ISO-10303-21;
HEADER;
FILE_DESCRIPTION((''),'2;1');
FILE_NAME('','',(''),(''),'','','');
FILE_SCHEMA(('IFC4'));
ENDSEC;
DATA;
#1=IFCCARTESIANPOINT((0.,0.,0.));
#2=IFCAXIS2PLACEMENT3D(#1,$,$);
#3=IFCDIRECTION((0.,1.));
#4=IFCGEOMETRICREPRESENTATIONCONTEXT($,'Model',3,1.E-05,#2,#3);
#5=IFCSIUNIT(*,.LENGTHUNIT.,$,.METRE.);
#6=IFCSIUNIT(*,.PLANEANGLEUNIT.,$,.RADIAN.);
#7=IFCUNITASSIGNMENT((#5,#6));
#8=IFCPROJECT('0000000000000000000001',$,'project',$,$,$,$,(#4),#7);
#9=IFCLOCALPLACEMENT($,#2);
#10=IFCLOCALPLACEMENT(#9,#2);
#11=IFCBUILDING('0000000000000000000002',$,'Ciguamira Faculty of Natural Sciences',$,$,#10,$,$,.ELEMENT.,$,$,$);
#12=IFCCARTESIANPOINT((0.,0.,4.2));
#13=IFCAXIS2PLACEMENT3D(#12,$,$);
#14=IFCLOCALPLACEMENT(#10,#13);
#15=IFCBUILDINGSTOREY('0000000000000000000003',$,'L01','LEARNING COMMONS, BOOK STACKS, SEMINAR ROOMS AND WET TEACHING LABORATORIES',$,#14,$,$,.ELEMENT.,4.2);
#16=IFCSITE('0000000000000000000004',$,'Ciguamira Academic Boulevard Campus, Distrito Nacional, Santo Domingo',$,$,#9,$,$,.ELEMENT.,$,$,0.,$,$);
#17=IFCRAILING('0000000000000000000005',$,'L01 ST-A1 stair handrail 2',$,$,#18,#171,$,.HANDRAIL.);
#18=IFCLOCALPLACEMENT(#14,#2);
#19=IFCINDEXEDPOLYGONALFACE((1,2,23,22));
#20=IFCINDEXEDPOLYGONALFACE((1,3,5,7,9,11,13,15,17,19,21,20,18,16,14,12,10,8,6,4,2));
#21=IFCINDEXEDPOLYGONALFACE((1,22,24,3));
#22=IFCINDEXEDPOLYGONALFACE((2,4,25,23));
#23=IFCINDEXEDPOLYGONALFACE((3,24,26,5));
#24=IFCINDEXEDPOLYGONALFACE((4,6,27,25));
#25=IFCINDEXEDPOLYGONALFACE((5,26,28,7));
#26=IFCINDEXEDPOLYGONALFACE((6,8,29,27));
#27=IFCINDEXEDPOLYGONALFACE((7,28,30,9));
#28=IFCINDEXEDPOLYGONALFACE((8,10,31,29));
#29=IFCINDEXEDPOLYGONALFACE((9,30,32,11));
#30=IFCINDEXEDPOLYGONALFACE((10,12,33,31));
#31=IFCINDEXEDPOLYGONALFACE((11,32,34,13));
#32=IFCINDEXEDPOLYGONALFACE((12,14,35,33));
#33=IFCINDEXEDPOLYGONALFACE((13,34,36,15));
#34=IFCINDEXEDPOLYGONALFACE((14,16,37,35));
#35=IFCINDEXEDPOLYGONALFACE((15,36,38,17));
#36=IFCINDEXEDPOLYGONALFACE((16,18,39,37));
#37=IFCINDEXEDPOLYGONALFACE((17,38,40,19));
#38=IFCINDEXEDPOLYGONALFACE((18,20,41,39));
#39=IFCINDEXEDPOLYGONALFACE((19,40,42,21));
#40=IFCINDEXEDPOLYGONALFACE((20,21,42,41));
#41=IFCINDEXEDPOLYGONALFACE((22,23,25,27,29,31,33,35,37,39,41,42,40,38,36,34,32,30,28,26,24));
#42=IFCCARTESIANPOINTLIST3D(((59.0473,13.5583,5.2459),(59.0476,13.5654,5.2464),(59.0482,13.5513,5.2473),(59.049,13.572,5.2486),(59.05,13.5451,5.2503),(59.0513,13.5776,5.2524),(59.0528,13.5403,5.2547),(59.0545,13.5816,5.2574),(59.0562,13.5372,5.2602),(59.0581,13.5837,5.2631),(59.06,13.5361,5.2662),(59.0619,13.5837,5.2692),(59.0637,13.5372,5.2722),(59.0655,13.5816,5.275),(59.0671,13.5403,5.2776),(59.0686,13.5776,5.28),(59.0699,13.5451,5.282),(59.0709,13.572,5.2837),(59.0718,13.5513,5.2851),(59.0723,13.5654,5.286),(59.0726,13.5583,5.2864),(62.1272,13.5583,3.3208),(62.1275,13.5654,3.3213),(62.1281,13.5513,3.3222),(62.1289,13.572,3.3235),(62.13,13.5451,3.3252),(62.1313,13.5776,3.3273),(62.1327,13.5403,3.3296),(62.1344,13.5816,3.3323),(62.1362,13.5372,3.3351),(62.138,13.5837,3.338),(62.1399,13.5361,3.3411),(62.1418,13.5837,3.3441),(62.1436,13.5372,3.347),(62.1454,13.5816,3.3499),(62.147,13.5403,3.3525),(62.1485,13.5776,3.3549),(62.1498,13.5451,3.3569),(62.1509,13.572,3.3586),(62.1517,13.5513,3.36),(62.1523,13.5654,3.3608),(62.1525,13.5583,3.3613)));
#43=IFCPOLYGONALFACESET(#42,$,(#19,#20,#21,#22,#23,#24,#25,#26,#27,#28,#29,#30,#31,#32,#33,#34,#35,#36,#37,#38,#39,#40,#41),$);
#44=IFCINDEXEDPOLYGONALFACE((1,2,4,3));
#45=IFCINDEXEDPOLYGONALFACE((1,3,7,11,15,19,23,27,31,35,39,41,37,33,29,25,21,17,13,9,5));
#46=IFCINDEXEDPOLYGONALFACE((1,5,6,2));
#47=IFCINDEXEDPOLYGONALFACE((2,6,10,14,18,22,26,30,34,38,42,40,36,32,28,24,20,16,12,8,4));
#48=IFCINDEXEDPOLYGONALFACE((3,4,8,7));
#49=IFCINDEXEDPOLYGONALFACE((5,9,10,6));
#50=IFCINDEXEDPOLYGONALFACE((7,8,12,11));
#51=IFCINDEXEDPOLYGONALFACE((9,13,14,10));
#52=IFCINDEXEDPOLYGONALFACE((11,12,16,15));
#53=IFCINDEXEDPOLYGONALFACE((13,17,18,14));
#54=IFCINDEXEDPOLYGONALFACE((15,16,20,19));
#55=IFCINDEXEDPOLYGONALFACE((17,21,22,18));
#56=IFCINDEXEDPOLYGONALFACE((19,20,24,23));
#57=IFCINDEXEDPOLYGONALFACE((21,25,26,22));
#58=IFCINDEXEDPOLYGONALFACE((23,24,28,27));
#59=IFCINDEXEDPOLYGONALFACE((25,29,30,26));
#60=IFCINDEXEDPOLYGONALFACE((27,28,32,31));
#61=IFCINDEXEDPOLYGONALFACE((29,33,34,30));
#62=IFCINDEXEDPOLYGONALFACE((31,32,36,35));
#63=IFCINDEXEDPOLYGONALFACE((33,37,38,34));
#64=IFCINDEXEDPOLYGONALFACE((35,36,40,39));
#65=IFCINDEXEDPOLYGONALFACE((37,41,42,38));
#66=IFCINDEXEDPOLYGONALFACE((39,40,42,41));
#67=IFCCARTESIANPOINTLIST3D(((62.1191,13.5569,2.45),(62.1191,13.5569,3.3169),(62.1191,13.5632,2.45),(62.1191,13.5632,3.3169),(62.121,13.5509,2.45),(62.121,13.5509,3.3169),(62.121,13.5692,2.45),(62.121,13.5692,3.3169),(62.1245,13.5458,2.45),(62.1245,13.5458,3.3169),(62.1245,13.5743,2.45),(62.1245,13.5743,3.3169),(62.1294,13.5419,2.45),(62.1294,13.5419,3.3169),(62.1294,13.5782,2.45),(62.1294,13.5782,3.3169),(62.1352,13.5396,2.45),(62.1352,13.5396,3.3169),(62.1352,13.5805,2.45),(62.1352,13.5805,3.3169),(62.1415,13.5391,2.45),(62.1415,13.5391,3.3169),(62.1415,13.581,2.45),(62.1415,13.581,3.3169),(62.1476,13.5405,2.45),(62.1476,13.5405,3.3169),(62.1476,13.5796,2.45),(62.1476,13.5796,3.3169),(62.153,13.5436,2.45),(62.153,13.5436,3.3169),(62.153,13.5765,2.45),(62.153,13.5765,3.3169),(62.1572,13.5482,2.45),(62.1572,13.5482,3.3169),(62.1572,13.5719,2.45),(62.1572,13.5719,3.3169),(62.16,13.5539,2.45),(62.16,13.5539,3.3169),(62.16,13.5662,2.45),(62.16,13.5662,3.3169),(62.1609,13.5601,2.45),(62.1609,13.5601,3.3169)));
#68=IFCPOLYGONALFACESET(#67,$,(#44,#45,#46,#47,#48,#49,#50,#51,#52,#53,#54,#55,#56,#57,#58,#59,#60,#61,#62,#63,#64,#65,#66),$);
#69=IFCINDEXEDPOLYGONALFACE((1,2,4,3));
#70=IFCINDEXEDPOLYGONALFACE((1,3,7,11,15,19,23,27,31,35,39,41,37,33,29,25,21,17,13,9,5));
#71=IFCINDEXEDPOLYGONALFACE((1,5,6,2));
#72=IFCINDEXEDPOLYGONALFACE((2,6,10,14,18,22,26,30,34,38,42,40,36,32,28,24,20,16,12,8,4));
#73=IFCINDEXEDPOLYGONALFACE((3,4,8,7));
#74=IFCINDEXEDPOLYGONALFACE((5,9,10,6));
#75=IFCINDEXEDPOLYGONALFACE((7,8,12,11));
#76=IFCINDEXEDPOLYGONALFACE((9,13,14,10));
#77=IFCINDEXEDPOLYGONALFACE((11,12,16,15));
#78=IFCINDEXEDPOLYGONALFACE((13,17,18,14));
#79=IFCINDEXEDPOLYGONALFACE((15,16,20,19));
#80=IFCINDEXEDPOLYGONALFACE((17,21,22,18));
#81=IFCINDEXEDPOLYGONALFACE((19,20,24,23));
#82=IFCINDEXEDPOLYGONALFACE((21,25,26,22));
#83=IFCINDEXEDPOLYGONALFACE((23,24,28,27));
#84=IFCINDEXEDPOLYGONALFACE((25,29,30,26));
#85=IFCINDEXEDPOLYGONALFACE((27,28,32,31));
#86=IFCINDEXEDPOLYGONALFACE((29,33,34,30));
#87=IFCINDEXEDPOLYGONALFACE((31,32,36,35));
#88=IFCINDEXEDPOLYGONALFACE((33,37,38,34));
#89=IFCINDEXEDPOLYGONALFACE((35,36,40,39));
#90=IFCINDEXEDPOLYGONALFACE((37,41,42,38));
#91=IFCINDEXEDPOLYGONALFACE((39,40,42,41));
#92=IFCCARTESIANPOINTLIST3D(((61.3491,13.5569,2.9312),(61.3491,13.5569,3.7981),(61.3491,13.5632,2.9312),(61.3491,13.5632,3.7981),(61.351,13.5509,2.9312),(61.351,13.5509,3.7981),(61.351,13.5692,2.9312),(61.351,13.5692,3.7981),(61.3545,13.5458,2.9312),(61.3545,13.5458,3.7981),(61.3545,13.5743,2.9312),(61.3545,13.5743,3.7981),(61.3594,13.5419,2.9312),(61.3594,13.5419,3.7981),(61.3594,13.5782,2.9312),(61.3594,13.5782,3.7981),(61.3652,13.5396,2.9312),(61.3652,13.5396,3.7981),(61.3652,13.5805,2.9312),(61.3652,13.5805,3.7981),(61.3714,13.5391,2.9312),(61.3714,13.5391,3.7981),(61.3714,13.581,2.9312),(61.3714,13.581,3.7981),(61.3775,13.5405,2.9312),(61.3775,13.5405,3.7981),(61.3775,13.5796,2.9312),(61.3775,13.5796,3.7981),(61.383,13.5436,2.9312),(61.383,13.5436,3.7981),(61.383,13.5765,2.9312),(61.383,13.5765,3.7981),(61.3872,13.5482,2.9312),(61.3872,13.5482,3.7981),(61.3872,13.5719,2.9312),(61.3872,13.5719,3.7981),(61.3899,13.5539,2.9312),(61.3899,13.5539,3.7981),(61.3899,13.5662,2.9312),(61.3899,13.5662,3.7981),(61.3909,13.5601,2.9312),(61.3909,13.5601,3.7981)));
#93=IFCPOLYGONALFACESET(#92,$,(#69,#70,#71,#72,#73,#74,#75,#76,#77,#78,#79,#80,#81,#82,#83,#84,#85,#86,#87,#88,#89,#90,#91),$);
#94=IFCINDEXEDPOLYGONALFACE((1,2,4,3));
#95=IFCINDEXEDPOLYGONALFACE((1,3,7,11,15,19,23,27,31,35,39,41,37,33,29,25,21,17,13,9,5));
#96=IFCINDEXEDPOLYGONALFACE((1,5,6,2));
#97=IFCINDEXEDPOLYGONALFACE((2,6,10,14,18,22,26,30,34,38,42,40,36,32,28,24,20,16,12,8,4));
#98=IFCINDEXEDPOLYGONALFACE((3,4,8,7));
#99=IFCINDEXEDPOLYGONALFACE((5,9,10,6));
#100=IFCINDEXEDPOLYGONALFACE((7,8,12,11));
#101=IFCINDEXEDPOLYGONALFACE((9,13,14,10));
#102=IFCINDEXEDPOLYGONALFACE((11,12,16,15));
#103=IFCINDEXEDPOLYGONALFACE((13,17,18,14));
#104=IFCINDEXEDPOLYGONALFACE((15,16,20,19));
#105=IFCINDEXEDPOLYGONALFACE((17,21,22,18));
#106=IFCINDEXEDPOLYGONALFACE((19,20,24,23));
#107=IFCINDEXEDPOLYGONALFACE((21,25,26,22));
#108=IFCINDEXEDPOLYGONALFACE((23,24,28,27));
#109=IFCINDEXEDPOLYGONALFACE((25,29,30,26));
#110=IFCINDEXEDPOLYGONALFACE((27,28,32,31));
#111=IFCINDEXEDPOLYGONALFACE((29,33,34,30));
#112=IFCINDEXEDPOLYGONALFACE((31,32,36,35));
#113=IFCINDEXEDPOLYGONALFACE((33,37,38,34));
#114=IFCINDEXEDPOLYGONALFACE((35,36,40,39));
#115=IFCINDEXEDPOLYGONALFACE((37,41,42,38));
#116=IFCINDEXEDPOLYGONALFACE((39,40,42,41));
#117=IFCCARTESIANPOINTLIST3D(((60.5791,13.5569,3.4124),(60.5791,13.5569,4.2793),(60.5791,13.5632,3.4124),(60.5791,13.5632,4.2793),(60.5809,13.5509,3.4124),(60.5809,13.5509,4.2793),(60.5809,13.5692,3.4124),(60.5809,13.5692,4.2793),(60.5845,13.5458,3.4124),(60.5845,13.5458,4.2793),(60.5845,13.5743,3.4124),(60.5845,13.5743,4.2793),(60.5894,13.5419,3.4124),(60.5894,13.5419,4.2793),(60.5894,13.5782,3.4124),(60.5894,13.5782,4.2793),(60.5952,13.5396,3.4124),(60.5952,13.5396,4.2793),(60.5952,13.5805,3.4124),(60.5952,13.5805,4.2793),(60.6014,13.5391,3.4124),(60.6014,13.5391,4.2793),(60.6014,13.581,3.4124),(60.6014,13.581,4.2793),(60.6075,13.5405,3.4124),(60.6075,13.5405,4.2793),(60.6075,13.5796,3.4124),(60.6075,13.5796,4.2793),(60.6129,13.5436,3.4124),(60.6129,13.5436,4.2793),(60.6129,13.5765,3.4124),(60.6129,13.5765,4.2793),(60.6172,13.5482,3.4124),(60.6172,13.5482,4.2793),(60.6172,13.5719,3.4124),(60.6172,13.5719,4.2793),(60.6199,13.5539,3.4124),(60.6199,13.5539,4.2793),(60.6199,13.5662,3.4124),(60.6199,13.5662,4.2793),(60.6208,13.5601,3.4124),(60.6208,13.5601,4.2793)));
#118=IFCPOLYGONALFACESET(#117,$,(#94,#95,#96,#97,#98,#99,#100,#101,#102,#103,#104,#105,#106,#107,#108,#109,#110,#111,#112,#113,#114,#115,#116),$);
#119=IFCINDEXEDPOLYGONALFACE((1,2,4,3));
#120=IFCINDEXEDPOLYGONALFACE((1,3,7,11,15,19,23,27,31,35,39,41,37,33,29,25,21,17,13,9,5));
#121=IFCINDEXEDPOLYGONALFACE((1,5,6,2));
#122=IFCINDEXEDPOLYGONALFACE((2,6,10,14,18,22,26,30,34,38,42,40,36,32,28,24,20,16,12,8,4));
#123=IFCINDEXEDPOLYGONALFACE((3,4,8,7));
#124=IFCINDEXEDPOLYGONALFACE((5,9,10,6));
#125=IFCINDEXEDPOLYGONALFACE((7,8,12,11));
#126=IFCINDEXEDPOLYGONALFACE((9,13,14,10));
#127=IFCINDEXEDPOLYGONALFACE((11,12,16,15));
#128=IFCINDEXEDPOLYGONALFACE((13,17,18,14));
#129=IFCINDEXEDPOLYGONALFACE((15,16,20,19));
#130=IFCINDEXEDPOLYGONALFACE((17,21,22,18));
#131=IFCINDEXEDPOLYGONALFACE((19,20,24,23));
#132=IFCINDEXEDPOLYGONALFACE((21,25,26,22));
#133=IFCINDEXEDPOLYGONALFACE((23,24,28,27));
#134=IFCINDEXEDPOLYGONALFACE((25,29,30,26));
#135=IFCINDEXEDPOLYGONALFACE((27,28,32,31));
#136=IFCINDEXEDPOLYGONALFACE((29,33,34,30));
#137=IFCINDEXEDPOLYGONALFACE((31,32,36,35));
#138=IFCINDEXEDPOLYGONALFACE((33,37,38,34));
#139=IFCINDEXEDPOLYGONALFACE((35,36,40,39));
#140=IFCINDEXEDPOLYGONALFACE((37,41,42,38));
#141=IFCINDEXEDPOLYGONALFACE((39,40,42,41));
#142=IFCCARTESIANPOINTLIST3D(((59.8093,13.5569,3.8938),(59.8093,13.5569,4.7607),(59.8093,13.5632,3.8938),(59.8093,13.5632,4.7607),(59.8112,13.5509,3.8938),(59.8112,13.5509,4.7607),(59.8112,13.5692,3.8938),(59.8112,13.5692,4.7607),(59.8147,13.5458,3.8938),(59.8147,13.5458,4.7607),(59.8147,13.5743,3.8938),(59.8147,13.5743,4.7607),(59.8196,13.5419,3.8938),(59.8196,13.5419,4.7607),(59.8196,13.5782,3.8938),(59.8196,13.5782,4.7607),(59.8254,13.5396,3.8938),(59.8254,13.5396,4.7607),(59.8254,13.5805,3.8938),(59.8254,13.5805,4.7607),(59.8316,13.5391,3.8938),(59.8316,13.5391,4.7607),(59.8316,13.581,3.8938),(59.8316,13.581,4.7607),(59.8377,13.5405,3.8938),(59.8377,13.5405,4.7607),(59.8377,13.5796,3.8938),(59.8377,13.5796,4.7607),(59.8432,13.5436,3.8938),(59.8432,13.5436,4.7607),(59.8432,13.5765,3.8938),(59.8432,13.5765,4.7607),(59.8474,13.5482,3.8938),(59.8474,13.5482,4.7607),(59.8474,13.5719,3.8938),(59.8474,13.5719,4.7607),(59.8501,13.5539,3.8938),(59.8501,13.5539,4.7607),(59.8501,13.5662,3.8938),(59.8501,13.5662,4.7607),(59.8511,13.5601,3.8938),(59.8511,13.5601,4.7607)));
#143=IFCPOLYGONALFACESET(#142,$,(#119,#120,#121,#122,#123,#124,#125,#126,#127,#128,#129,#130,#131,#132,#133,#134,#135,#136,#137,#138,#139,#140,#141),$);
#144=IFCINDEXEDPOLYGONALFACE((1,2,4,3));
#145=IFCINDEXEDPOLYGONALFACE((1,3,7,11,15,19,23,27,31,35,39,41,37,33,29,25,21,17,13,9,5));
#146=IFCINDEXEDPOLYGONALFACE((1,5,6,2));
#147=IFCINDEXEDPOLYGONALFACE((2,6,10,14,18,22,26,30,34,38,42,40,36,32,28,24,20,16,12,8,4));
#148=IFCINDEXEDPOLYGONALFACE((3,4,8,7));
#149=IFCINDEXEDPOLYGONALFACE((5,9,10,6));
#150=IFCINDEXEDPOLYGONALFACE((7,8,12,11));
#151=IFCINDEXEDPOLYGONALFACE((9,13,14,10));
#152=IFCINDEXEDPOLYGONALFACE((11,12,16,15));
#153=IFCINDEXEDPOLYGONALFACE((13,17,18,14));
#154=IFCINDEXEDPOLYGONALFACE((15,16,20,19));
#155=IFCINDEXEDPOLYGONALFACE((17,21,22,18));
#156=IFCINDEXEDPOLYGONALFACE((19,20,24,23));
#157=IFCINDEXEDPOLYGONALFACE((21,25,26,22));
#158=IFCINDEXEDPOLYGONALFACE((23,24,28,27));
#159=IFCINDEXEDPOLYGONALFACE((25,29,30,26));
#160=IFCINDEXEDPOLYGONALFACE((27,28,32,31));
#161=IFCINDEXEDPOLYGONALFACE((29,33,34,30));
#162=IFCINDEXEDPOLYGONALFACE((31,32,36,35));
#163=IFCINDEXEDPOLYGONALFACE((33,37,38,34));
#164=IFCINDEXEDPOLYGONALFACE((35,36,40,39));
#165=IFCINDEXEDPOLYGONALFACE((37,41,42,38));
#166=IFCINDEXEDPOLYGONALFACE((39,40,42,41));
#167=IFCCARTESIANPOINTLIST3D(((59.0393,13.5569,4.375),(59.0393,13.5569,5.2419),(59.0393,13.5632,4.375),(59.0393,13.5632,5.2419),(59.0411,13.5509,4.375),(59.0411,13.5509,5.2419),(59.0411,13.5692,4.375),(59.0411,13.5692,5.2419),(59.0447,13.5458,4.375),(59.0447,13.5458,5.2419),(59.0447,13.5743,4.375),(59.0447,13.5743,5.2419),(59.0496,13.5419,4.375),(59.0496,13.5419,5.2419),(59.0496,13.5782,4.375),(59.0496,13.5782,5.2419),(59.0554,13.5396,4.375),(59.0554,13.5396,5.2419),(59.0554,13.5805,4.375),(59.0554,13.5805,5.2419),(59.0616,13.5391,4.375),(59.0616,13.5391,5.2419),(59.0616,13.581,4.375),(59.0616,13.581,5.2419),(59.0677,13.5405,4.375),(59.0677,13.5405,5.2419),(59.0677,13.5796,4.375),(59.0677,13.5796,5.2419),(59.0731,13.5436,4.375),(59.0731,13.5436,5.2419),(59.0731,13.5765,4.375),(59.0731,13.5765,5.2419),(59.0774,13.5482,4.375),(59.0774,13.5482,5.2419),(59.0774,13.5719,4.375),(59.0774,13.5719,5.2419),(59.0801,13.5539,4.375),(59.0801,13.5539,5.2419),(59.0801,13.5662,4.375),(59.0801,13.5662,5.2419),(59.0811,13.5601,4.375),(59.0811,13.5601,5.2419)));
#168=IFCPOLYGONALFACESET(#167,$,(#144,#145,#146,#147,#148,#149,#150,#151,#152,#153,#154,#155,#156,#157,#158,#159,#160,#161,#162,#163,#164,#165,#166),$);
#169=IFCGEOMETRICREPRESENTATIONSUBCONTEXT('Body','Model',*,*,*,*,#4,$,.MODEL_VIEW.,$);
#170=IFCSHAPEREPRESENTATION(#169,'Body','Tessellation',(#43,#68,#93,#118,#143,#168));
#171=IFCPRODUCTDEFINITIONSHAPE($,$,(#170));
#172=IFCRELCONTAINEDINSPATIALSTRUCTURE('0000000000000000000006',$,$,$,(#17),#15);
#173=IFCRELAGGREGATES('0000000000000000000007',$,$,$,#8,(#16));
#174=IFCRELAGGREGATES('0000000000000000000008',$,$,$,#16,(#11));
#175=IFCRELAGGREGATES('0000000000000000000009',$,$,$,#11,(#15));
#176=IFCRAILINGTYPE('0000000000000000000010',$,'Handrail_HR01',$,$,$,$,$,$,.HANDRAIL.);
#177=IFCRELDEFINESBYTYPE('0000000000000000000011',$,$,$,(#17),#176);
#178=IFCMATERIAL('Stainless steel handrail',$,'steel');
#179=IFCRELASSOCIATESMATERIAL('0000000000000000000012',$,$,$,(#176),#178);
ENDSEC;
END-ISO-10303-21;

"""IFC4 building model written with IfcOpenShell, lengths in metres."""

from ifc_helpers import new_model, si_unit, direction, frame, origin, origin_2d, place, context, subcontext, project, spatial, circle, extrude, material, type_object, element, save


model = new_model("IFC4")

# Units and contexts
model_context = context("Model", 3, precision=1e-05, world=origin(), true_north=direction((0.0, 1.0)))
body_context = subcontext(model_context, "Body", "Model", "MODEL_VIEW")
ifc_project = project(units=[si_unit("LENGTHUNIT", "METRE"), si_unit("PLANEANGLEUNIT", "RADIAN")], contexts=[model_context])

# Site, building, storey
site_placement = place(None, origin())
site = spatial("IfcSite", under=ifc_project, at=site_placement, Name="Ciguamira Academic Boulevard Campus, Distrito Nacional, Santo Domingo", CompositionType="ELEMENT", RefElevation=0.0)
building_placement = place(site_placement, origin())
building = spatial("IfcBuilding", under=site, at=building_placement, Name="Ciguamira Faculty of Natural Sciences", CompositionType="ELEMENT")
storey_placement = place(building_placement, frame((0.0, 0.0, 4.2)))
storey = spatial("IfcBuildingStorey", under=building, at=storey_placement, Name="L01", Description="LEARNING COMMONS, BOOK STACKS, SEMINAR ROOMS AND WET TEACHING LABORATORIES", CompositionType="ELEMENT", Elevation=4.2)

# Railing
ifc_material_1 = material(Name="Stainless steel handrail", Category="steel")
railing_type_1 = type_object("IfcRailingType", Name="Handrail_HR01", PredefinedType="HANDRAIL", material=ifc_material_1)
railing_1_placement = place(storey_placement, frame((62.1399, 13.5601, 2.45)))
element("IfcRailing", 1, at=railing_1_placement, inside=storey, type_object=railing_type_1, Name="L01 ST-A1 stair handrail 2", PredefinedType="HANDRAIL", context=body_context, shape_type="SweptSolid", body=[
    extrude(circle(Radius=0.0239, at=origin_2d()), frame((0.0, 0.0, 0.8911), z_axis=(-0.847979, 0.0, 0.530029), x_axis=(0.0, -1.0, 0.0)), (0.0, 0.0, 1.0), 3.6321),
    extrude(circle(Radius=0.021, at=origin_2d()), origin(), (0.0, 0.0, 1.0), 0.8669),
    extrude(circle(Radius=0.021, at=origin_2d()), frame((-0.77, 0.0, 0.4812)), (0.0, 0.0, 1.0), 0.8669),
    extrude(circle(Radius=0.021, at=origin_2d()), frame((-1.54, 0.0, 0.9624)), (0.0, 0.0, 1.0), 0.8669),
    extrude(circle(Radius=0.021, at=origin_2d()), frame((-2.3098, 0.0, 1.4438)), (0.0, 0.0, 1.0), 0.8669),
    extrude(circle(Radius=0.021, at=origin_2d()), frame((-3.0798, 0.0, 1.925)), (0.0, 0.0, 1.0), 0.8669),
])

save(model, "model.ifc")
